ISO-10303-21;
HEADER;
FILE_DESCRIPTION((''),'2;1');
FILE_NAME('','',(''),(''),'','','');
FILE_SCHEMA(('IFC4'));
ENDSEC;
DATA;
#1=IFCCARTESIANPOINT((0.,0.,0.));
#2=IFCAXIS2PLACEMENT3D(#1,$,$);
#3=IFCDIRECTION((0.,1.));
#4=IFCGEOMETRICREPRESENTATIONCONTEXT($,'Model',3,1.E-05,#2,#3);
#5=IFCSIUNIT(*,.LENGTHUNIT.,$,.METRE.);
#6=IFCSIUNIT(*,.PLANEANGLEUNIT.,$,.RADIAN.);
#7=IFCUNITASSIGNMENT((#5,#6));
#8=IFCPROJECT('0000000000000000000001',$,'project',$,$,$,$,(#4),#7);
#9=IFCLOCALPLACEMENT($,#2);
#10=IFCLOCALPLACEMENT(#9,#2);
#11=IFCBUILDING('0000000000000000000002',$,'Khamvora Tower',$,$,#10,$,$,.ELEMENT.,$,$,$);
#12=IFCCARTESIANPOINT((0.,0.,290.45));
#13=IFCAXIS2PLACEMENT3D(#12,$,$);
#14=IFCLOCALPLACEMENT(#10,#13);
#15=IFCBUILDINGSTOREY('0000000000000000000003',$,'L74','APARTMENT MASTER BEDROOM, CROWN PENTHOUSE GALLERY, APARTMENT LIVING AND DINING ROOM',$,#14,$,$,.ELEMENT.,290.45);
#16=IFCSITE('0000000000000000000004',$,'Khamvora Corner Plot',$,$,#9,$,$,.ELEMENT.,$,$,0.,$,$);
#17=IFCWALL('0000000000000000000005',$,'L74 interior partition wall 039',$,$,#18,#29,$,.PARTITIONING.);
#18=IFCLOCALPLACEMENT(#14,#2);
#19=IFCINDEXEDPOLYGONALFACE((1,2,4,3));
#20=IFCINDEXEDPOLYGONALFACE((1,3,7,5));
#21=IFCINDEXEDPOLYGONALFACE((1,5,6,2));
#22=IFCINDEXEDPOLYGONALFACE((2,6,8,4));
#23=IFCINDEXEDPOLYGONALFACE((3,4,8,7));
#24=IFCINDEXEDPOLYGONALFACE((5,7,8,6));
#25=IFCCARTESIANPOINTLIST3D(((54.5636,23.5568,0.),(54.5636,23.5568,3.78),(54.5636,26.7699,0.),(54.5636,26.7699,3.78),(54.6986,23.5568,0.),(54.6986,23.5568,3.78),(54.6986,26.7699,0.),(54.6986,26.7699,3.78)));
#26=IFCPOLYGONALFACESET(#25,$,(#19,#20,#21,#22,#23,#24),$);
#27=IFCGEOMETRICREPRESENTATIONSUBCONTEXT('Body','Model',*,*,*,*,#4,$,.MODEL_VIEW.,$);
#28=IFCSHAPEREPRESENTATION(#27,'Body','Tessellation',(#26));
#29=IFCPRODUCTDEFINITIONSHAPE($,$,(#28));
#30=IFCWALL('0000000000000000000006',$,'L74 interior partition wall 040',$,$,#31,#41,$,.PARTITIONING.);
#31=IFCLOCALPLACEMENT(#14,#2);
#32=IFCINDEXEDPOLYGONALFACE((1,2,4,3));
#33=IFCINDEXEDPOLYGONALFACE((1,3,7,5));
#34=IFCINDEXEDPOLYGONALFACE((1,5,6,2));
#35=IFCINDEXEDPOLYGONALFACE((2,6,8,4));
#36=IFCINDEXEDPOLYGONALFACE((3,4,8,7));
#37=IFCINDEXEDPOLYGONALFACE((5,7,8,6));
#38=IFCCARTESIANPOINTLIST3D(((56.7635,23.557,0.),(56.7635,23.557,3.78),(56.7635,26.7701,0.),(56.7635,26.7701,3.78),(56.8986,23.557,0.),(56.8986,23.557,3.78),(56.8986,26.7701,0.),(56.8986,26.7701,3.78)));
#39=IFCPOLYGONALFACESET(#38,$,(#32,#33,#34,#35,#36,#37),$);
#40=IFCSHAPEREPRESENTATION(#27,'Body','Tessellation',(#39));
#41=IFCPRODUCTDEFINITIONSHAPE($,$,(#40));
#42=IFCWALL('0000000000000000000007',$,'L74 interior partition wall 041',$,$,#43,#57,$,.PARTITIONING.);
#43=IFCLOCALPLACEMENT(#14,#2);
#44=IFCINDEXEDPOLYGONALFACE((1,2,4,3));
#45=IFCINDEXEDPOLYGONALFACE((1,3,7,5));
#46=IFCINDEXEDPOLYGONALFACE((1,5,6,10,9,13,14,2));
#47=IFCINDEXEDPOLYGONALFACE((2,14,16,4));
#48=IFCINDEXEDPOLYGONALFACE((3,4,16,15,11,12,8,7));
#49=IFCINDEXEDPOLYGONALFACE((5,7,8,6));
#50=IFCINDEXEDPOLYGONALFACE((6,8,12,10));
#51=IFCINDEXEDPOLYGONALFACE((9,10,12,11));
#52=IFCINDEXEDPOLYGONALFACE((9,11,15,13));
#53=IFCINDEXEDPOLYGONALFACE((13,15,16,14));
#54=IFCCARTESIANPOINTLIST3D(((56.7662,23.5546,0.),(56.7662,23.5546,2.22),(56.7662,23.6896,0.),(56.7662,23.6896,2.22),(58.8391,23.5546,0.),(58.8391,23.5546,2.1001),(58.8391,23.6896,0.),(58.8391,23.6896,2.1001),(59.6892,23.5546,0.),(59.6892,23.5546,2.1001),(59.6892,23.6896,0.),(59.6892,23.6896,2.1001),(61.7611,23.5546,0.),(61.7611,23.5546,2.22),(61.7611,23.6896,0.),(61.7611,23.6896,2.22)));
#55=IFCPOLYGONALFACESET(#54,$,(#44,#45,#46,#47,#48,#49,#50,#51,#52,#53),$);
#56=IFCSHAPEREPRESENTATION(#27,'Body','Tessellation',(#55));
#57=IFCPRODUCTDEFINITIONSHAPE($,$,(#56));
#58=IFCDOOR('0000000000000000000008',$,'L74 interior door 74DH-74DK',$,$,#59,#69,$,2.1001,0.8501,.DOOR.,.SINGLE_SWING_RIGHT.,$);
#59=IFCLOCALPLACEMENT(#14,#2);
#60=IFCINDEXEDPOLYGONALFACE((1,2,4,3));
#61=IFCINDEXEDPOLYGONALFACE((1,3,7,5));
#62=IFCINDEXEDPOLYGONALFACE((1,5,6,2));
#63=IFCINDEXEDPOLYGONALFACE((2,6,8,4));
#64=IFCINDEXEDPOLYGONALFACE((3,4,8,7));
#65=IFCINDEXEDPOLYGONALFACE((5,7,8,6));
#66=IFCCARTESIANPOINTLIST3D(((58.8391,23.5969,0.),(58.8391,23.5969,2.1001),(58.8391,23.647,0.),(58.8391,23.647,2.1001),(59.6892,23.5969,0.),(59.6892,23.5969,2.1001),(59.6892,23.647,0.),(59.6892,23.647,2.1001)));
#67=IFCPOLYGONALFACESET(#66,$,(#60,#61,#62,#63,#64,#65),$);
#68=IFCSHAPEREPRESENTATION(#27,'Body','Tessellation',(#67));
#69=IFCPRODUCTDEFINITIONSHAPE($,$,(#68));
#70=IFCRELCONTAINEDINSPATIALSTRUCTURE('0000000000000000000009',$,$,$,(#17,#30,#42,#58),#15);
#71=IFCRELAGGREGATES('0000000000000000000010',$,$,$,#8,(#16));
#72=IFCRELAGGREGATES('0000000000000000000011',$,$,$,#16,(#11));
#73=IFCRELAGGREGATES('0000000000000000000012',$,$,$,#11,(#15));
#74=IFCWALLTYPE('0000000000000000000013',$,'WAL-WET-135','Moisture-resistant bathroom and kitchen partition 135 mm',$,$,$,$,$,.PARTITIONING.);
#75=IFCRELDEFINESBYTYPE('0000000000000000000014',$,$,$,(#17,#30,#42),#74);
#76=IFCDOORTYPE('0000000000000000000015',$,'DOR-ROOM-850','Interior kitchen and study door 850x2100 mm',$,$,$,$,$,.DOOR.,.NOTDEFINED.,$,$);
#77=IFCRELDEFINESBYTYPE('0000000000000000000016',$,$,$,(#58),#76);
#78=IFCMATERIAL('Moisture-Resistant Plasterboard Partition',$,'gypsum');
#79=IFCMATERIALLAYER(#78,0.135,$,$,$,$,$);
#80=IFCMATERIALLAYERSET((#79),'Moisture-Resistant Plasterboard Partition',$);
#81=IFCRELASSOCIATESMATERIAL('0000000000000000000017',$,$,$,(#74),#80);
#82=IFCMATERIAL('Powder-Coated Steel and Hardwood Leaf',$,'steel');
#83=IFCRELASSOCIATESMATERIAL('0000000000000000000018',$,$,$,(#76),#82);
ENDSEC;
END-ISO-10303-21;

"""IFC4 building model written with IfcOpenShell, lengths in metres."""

from ifc_helpers import new_model, si_unit, direction, frame, frame_2d, origin, place, context, subcontext, project, spatial, rectangle, extrude, material, layer, layer_set, type_object, element, fill, save


model = new_model("IFC4")

# Units and contexts
model_context = context("Model", 3, precision=1e-05, world=origin(), true_north=direction((0.0, 1.0)))
body_context = subcontext(model_context, "Body", "Model", "MODEL_VIEW")
ifc_project = project(units=[si_unit("LENGTHUNIT", "METRE"), si_unit("PLANEANGLEUNIT", "RADIAN")], contexts=[model_context])

# Site, building, storey
site_placement = place(None, origin())
site = spatial("IfcSite", under=ifc_project, at=site_placement, Name="Khamvora Corner Plot", CompositionType="ELEMENT", RefElevation=0.0)
building_placement = place(site_placement, origin())
building = spatial("IfcBuilding", under=site, at=building_placement, Name="Khamvora Tower", CompositionType="ELEMENT")
storey_placement = place(building_placement, frame((0.0, 0.0, 290.45)))
storey = spatial("IfcBuildingStorey", under=building, at=storey_placement, Name="L74", Description="APARTMENT MASTER BEDROOM, CROWN PENTHOUSE GALLERY, APARTMENT LIVING AND DINING ROOM", CompositionType="ELEMENT", Elevation=290.45)

# Shared definitions
ifc_material_1 = material(Name="Powder-Coated Steel and Hardwood Leaf", Category="steel")

# Shared definitions
ifc_material_2 = material(Name="Moisture-Resistant Plasterboard Partition", Category="gypsum")
ifc_layer_1 = layer(ifc_material_2, 0.135)
ifc_layer_set_1 = layer_set([ifc_layer_1], Name="Moisture-Resistant Plasterboard Partition")
wall_type_1 = type_object("IfcWallType", Name="WAL-WET-135", Description="Moisture-resistant bathroom and kitchen partition 135 mm", PredefinedType="PARTITIONING", material=ifc_layer_set_1)

# Walls
for number, where, z_axis, x_axis, name in (
    (1, (54.6311, 23.5569, 0.0), (0.0, 0.0, 1.0), (0.0, 1.0, 0.0), "L74 interior partition wall 039"),
    (2, (56.8311, 26.77, 0.0), (0.0, 0.0, 1.0), (0.0, -1.0, 0.0), "L74 interior partition wall 040"),
):
    element("IfcWall", number, at=place(storey_placement, frame(where, z_axis=z_axis, x_axis=x_axis)), inside=storey, type_object=wall_type_1, Name=name, PredefinedType="PARTITIONING", context=body_context, shape_type="SweptSolid", body=[
        extrude(rectangle(XDim=3.2131, YDim=0.135, at=frame_2d((1.6064, 0.0))), origin(), (0.0, 0.0, 1.0), 3.78),
    ])

# Wall, opening, door
wall_1_placement = place(storey_placement, frame((56.7661, 23.6221, 0.0), z_axis=(0.0, 0.0, 1.0), x_axis=(1.0, 0.0, 0.0)))
wall_1 = element("IfcWall", 3, at=wall_1_placement, inside=storey, type_object=wall_type_1, Name="L74 interior partition wall 041", PredefinedType="PARTITIONING", context=body_context, shape_type="SweptSolid", body=[
    extrude(rectangle(XDim=4.9949, YDim=0.135, at=frame_2d((2.4976, 0.0))), origin(), (0.0, 0.0, 1.0), 2.22),
])
opening_1_placement = place(wall_1_placement, frame((2.073, 0.0, 0.0)))
opening_1 = element("IfcOpeningElement", 4, at=opening_1_placement, cuts=wall_1, PredefinedType="OPENING", context=body_context, shape_type="SweptSolid", body=[
    extrude(rectangle(XDim=0.8501, YDim=2.1001, at=frame_2d((0.425, 1.05))), frame((0.0, 0.0774, 0.0), z_axis=(0.0, -1.0, 0.0), x_axis=(1.0, 0.0, 0.0)), (0.0, 0.0, 1.0), 0.155),
])
door_type_1 = type_object("IfcDoorType", Name="DOR-ROOM-850", Description="Interior kitchen and study door 850x2100 mm", OperationType="NOTDEFINED", PredefinedType="DOOR", material=ifc_material_1)
door_1_placement = place(opening_1_placement, origin())
door_1 = element("IfcDoor", 5, at=door_1_placement, inside=storey, type_object=door_type_1, Name="L74 interior door 74DH-74DK", OperationType="SINGLE_SWING_RIGHT", OverallHeight=2.1001, OverallWidth=0.8501, PredefinedType="DOOR", context=body_context, shape_type="SweptSolid", body=[
    extrude(rectangle(XDim=0.8501, YDim=2.1001, at=frame_2d((0.425, 1.05))), frame((0.0, 0.0249, 0.0), z_axis=(0.0, -1.0, 0.0), x_axis=(1.0, 0.0, 0.0)), (0.0, 0.0, 1.0), 0.05),
])
fill(opening_1, door_1)

save(model, "model.ifc")
